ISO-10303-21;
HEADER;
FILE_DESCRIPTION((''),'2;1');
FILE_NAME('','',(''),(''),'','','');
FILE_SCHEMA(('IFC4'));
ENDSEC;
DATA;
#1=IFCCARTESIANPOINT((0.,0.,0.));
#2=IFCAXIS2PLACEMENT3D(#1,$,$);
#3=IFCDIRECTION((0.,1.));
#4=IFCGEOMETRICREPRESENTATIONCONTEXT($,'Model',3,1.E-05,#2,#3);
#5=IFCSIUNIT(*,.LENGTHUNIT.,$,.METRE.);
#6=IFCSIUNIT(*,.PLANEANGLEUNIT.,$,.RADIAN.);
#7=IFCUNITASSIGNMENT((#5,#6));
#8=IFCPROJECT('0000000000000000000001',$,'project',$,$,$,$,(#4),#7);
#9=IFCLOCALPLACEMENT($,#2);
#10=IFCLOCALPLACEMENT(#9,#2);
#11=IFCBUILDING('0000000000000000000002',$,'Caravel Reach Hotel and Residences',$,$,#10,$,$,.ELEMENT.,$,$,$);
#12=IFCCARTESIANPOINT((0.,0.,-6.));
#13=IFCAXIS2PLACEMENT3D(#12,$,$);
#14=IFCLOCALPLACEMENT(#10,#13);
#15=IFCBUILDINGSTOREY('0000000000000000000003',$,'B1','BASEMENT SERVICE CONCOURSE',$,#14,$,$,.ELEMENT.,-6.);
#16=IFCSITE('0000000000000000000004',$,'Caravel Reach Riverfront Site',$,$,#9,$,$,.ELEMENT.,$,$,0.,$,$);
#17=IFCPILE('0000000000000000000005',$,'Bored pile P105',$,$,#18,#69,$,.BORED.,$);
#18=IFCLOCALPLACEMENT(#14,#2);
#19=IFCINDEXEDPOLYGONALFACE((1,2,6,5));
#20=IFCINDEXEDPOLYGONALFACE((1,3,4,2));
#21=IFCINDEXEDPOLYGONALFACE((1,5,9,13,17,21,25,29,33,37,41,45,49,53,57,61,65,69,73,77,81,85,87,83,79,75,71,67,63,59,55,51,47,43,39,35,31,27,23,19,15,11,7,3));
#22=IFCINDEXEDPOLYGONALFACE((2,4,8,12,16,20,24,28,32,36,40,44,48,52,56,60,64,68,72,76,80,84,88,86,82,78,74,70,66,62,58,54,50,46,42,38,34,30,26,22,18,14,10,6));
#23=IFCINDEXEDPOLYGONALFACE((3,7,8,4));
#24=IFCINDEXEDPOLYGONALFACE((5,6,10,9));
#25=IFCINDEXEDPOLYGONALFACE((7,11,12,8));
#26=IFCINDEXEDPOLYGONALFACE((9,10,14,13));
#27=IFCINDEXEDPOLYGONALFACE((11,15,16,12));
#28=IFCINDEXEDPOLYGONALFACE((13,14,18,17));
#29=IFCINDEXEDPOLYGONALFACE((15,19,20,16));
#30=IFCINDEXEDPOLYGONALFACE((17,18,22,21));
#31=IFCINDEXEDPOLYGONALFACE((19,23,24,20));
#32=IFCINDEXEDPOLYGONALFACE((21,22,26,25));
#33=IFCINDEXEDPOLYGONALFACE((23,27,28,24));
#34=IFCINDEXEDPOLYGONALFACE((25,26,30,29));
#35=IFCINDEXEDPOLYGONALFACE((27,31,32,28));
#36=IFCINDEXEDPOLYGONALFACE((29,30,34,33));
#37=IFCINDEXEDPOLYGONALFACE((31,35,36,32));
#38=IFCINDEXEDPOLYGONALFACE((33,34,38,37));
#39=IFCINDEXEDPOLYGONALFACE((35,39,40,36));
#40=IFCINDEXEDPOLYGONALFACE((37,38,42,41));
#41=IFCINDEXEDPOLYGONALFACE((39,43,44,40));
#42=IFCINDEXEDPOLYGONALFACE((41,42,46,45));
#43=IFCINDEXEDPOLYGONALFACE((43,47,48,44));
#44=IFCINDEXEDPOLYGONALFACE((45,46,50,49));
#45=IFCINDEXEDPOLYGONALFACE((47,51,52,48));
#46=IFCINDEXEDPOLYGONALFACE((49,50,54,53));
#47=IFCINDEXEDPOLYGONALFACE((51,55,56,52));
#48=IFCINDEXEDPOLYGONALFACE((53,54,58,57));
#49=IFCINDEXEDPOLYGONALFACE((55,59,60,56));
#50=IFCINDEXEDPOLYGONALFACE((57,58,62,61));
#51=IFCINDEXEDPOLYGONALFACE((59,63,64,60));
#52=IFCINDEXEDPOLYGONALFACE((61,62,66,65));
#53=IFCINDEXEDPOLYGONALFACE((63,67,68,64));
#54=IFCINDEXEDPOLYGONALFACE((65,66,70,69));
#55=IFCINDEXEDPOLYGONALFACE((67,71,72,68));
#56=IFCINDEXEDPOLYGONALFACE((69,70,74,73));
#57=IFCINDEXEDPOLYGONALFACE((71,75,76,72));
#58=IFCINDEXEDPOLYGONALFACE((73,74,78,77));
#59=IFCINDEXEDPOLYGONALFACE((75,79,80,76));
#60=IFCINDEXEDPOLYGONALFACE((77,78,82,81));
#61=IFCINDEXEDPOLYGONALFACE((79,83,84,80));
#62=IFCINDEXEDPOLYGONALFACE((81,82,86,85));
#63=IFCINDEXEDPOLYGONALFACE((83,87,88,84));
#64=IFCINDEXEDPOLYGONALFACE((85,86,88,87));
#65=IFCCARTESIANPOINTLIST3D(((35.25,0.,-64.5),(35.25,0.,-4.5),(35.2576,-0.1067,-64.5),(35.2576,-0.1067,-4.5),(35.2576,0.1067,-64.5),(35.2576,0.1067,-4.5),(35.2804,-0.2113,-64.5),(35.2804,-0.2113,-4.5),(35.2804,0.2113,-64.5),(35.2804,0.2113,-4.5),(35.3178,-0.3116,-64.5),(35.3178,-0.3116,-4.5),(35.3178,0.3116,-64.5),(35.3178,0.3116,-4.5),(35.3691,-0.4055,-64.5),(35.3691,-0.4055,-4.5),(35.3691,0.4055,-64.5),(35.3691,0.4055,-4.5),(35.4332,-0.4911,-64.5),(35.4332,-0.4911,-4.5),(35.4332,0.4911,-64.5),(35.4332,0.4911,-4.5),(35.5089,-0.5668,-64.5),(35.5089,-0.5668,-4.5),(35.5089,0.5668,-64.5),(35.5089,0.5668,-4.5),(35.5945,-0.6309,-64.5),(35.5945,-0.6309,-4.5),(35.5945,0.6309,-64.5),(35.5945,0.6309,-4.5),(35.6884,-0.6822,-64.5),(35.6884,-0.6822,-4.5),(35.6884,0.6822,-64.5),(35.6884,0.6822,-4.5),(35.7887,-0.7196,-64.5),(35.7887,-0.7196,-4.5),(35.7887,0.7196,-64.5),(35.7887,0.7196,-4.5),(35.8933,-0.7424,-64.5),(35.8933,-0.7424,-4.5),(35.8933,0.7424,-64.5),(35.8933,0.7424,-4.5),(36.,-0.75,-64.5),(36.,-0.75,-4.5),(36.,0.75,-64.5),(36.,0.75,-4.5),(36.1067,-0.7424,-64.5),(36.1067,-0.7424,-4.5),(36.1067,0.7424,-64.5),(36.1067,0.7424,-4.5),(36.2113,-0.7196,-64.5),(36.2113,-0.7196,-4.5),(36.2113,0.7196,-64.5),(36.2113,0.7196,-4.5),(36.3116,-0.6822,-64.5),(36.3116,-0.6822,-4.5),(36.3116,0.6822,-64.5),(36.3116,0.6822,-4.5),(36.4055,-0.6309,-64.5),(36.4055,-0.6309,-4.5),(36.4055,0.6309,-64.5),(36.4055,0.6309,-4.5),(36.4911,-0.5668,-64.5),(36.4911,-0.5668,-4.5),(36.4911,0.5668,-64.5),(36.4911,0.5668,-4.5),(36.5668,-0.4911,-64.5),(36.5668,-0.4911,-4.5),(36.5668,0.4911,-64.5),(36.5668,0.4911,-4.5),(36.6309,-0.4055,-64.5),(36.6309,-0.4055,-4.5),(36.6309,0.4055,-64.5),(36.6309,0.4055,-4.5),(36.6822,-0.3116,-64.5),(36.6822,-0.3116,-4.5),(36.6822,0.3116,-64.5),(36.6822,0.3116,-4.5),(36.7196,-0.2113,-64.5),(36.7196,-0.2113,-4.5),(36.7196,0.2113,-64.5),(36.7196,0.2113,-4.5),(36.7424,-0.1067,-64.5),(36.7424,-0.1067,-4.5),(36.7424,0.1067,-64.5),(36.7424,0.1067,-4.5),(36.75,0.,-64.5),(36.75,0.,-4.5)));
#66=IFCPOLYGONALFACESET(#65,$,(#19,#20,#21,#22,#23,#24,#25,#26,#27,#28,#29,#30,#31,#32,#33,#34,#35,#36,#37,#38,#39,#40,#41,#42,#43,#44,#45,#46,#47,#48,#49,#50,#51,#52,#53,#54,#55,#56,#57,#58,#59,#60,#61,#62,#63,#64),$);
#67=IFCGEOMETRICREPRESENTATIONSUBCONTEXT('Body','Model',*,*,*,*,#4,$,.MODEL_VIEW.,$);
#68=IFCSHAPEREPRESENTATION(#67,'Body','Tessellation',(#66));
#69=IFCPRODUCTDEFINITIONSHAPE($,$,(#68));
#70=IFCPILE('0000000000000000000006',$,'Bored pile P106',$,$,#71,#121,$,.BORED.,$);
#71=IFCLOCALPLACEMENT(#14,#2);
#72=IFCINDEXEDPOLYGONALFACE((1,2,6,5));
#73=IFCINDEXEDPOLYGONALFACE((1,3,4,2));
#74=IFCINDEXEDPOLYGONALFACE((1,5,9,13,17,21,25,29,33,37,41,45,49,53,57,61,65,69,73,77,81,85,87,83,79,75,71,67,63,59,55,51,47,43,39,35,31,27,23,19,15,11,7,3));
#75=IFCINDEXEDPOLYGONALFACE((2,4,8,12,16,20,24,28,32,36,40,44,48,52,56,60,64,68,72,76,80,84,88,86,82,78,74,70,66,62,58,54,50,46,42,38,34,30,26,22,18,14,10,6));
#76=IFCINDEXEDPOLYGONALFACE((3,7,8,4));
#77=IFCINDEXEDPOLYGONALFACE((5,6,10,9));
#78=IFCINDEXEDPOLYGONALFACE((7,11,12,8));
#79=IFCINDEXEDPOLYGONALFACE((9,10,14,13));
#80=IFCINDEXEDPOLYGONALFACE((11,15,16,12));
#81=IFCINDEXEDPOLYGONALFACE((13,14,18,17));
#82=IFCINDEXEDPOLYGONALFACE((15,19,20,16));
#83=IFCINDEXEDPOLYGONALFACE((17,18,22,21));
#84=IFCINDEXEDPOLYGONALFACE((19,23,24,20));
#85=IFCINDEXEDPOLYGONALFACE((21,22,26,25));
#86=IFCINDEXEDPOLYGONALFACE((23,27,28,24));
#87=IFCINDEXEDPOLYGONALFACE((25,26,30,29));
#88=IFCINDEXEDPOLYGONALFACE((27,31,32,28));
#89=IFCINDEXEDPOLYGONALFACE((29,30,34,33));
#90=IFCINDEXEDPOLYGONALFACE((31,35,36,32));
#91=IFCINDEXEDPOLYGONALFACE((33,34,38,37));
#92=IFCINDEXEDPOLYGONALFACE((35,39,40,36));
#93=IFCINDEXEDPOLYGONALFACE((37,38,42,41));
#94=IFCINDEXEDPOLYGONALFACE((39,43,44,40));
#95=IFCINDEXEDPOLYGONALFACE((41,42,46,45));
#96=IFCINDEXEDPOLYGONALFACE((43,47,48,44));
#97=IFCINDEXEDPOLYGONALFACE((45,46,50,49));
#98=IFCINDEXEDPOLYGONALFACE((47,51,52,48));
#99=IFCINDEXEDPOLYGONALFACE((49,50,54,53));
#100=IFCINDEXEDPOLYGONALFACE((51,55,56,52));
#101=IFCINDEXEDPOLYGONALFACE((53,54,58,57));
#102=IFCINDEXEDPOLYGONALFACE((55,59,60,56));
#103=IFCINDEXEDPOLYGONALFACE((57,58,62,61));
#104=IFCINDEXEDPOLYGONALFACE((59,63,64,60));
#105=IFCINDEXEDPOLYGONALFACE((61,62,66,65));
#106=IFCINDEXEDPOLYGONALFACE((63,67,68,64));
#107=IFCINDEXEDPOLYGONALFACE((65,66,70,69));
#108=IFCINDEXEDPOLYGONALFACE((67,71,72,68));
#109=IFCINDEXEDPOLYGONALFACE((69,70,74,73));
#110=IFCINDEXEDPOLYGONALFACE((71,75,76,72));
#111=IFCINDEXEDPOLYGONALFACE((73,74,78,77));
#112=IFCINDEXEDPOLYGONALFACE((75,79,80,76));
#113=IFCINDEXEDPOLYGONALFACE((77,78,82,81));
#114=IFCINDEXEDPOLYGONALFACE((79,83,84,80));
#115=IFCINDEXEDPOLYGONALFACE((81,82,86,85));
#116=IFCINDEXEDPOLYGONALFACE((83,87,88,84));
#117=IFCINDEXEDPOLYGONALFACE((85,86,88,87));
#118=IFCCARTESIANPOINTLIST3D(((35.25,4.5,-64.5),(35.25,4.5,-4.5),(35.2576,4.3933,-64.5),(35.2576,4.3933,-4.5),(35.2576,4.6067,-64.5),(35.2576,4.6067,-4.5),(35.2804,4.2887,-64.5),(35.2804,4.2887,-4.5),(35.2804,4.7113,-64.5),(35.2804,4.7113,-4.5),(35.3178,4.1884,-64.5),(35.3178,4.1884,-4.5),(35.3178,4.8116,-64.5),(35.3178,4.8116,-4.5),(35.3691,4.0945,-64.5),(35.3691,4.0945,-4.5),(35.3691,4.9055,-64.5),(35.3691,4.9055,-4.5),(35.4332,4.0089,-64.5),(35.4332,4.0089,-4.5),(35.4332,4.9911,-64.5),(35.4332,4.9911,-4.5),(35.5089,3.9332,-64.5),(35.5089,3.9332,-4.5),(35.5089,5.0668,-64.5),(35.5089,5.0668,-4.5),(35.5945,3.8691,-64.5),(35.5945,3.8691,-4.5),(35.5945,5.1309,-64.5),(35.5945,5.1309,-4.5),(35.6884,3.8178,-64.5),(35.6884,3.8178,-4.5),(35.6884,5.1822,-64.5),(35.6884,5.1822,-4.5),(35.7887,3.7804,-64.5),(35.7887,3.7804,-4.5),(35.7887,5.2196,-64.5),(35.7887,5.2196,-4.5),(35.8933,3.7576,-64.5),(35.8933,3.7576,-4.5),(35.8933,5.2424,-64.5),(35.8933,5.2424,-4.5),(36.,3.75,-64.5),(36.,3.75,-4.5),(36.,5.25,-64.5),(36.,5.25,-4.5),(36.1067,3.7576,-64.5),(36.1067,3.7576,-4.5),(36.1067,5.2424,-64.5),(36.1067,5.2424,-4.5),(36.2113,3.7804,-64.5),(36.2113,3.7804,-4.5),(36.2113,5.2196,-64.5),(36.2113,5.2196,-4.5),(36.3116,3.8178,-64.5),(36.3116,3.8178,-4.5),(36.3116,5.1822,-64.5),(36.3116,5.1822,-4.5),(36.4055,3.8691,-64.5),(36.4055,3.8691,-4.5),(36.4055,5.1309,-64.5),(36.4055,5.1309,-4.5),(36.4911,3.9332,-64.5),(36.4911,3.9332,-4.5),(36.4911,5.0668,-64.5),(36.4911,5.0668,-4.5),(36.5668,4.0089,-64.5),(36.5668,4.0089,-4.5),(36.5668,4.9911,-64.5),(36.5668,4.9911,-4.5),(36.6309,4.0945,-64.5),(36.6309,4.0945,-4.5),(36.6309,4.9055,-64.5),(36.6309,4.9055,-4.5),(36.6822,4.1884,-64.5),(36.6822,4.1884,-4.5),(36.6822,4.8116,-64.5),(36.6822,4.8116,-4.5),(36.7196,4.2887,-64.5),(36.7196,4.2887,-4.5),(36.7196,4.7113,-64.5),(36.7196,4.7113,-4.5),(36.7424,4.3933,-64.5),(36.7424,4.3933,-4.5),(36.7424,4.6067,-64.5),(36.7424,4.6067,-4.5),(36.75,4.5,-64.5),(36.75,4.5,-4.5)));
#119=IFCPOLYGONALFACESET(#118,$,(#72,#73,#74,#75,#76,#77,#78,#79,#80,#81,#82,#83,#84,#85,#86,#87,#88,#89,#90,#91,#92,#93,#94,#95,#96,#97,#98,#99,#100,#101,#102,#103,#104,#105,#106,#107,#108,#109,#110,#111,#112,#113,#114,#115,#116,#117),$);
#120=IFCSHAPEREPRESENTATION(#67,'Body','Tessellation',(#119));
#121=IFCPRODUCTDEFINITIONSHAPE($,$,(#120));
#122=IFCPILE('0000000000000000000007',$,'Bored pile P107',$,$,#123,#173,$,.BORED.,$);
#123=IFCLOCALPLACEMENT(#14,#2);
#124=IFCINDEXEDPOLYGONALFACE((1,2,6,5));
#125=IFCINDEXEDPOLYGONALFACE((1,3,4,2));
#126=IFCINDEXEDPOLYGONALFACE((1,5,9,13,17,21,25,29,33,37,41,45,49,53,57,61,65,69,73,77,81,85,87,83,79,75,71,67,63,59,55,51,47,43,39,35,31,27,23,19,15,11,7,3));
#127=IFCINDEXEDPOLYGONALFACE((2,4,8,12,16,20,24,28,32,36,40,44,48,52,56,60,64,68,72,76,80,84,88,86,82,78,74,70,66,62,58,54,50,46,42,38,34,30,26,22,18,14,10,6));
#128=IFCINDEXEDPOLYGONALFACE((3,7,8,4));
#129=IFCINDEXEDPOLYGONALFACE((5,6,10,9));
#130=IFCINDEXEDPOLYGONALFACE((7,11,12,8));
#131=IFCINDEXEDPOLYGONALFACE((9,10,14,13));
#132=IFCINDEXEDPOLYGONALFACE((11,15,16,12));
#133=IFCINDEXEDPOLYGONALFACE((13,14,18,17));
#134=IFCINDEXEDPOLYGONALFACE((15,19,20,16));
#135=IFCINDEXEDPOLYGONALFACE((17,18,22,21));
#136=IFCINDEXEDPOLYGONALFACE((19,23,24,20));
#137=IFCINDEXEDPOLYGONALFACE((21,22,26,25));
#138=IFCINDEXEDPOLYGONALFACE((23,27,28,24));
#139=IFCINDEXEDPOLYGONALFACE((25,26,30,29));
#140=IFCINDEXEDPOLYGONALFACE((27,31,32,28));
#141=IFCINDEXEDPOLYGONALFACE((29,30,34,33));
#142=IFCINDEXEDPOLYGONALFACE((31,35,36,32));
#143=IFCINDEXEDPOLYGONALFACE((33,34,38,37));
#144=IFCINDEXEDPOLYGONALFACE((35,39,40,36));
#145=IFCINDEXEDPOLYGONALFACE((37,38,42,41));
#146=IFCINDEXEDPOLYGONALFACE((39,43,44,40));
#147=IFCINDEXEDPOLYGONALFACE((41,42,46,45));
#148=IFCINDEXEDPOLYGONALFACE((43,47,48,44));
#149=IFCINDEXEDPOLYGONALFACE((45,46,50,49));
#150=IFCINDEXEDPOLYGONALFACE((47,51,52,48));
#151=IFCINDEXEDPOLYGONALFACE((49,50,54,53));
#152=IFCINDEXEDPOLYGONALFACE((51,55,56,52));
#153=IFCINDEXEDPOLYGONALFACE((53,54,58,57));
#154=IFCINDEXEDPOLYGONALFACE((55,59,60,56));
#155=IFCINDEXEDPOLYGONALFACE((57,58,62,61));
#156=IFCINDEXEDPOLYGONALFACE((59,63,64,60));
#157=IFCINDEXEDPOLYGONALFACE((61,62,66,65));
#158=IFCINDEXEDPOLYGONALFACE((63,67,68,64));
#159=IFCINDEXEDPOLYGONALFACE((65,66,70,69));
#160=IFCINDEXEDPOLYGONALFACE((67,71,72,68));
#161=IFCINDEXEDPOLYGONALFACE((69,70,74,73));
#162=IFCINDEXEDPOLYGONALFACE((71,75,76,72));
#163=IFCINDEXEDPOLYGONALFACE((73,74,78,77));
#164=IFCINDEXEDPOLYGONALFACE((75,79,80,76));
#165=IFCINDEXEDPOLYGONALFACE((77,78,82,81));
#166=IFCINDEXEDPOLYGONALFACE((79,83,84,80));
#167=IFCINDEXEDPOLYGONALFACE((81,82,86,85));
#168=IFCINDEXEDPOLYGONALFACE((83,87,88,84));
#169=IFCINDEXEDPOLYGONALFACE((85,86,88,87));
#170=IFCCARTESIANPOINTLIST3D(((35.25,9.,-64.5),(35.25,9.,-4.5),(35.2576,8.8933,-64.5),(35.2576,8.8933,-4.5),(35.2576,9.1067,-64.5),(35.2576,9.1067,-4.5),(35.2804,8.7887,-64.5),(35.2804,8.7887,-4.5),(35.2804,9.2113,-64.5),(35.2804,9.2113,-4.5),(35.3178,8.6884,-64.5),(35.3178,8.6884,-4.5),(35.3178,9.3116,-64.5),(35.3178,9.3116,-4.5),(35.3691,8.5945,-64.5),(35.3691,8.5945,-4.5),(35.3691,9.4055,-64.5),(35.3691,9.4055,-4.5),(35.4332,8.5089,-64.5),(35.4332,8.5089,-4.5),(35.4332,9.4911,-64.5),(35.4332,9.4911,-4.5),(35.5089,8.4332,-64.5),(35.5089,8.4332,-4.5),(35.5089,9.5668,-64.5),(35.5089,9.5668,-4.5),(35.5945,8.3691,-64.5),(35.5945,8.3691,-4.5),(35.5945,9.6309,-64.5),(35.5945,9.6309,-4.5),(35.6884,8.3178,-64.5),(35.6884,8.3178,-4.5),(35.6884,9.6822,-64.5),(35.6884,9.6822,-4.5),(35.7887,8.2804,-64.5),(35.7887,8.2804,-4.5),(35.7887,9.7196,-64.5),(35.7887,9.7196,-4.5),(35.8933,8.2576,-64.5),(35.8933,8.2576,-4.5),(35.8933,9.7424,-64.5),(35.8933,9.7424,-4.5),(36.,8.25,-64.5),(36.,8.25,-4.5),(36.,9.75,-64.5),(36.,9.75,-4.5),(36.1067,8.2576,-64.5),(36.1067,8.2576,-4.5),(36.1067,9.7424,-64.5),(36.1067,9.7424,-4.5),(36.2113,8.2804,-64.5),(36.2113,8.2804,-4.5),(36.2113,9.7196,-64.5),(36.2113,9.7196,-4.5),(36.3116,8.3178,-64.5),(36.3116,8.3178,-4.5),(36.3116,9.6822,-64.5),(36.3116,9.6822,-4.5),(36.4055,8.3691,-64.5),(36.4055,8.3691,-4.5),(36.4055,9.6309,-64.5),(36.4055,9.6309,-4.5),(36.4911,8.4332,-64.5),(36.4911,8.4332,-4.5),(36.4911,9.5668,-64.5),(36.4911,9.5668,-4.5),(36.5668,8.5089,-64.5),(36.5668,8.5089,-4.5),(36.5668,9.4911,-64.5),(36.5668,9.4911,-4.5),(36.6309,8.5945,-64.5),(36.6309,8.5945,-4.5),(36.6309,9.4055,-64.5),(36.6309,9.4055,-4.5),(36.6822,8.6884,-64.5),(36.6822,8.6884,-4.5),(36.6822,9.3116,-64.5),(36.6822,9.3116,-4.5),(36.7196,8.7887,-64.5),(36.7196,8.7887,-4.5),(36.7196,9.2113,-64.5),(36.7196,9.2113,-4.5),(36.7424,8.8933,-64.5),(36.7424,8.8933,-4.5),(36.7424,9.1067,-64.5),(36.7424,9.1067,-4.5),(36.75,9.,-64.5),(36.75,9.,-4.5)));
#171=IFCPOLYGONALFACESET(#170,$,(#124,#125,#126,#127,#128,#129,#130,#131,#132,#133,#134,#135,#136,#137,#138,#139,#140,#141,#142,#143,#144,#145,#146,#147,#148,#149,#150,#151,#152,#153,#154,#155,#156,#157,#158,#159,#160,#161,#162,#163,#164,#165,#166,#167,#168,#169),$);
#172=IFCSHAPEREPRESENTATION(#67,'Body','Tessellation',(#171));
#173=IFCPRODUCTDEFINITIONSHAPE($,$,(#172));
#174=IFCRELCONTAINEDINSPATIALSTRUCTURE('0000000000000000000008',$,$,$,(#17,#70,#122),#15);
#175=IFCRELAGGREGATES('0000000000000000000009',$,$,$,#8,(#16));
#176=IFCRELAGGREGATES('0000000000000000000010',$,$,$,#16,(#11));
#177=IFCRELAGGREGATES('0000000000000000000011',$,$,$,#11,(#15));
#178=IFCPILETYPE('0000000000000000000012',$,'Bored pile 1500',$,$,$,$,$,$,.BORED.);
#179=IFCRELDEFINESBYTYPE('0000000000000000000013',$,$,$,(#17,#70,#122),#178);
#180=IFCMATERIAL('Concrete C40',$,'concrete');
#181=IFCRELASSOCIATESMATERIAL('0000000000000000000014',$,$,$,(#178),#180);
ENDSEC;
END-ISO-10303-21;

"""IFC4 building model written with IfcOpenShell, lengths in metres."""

from ifc_helpers import new_model, si_unit, direction, frame, origin, origin_2d, place, context, subcontext, project, spatial, circle, extrude, material, material_profile, profile_set, type_object, element, save


model = new_model("IFC4")

# Units and contexts
model_context = context("Model", 3, precision=1e-05, world=origin(), true_north=direction((0.0, 1.0)))
body_context = subcontext(model_context, "Body", "Model", "MODEL_VIEW")
ifc_project = project(units=[si_unit("LENGTHUNIT", "METRE"), si_unit("PLANEANGLEUNIT", "RADIAN")], contexts=[model_context])

# Site, building, storey
site_placement = place(None, origin())
site = spatial("IfcSite", under=ifc_project, at=site_placement, Name="Caravel Reach Riverfront Site", CompositionType="ELEMENT", RefElevation=0.0)
building_placement = place(site_placement, origin())
building = spatial("IfcBuilding", under=site, at=building_placement, Name="Caravel Reach Hotel and Residences", CompositionType="ELEMENT")
storey_placement = place(building_placement, frame((0.0, 0.0, -6.0)))
storey = spatial("IfcBuildingStorey", under=building, at=storey_placement, Name="B1", Description="BASEMENT SERVICE CONCOURSE", CompositionType="ELEMENT", Elevation=-6.0)

# Piles
ifc_material_1 = material(Name="Concrete C40", Category="concrete")
ifc_material_profile_1 = material_profile(ifc_material_1, circle(Radius=0.75, at=origin_2d()), Name="PILE 1500")
ifc_profile_set_1 = profile_set([ifc_material_profile_1], Name="Concrete C40")
pile_type = type_object("IfcPileType", Name="Bored pile 1500", PredefinedType="BORED", material=ifc_profile_set_1)
for number, where, z_axis, x_axis, name in (
    (1, (36.0, 0.0, -4.5), (0.0, 0.0, -1.0), (1.0, 0.0, 0.0), "Bored pile P105"),
    (2, (36.0, 4.5, -4.5), (0.0, 0.0, -1.0), (1.0, 0.0, 0.0), "Bored pile P106"),
    (3, (36.0, 9.0, -4.5), (0.0, 0.0, -1.0), (1.0, 0.0, 0.0), "Bored pile P107"),
):
    element("IfcPile", number, at=place(storey_placement, frame(where, z_axis=z_axis, x_axis=x_axis)), inside=storey, type_object=pile_type, Name=name, PredefinedType="BORED", context=body_context, shape_type="SweptSolid", body=[
        extrude(circle(Radius=0.75, at=origin_2d()), origin(), (0.0, 0.0, 1.0), 60.0),
    ])

save(model, "model.ifc")
